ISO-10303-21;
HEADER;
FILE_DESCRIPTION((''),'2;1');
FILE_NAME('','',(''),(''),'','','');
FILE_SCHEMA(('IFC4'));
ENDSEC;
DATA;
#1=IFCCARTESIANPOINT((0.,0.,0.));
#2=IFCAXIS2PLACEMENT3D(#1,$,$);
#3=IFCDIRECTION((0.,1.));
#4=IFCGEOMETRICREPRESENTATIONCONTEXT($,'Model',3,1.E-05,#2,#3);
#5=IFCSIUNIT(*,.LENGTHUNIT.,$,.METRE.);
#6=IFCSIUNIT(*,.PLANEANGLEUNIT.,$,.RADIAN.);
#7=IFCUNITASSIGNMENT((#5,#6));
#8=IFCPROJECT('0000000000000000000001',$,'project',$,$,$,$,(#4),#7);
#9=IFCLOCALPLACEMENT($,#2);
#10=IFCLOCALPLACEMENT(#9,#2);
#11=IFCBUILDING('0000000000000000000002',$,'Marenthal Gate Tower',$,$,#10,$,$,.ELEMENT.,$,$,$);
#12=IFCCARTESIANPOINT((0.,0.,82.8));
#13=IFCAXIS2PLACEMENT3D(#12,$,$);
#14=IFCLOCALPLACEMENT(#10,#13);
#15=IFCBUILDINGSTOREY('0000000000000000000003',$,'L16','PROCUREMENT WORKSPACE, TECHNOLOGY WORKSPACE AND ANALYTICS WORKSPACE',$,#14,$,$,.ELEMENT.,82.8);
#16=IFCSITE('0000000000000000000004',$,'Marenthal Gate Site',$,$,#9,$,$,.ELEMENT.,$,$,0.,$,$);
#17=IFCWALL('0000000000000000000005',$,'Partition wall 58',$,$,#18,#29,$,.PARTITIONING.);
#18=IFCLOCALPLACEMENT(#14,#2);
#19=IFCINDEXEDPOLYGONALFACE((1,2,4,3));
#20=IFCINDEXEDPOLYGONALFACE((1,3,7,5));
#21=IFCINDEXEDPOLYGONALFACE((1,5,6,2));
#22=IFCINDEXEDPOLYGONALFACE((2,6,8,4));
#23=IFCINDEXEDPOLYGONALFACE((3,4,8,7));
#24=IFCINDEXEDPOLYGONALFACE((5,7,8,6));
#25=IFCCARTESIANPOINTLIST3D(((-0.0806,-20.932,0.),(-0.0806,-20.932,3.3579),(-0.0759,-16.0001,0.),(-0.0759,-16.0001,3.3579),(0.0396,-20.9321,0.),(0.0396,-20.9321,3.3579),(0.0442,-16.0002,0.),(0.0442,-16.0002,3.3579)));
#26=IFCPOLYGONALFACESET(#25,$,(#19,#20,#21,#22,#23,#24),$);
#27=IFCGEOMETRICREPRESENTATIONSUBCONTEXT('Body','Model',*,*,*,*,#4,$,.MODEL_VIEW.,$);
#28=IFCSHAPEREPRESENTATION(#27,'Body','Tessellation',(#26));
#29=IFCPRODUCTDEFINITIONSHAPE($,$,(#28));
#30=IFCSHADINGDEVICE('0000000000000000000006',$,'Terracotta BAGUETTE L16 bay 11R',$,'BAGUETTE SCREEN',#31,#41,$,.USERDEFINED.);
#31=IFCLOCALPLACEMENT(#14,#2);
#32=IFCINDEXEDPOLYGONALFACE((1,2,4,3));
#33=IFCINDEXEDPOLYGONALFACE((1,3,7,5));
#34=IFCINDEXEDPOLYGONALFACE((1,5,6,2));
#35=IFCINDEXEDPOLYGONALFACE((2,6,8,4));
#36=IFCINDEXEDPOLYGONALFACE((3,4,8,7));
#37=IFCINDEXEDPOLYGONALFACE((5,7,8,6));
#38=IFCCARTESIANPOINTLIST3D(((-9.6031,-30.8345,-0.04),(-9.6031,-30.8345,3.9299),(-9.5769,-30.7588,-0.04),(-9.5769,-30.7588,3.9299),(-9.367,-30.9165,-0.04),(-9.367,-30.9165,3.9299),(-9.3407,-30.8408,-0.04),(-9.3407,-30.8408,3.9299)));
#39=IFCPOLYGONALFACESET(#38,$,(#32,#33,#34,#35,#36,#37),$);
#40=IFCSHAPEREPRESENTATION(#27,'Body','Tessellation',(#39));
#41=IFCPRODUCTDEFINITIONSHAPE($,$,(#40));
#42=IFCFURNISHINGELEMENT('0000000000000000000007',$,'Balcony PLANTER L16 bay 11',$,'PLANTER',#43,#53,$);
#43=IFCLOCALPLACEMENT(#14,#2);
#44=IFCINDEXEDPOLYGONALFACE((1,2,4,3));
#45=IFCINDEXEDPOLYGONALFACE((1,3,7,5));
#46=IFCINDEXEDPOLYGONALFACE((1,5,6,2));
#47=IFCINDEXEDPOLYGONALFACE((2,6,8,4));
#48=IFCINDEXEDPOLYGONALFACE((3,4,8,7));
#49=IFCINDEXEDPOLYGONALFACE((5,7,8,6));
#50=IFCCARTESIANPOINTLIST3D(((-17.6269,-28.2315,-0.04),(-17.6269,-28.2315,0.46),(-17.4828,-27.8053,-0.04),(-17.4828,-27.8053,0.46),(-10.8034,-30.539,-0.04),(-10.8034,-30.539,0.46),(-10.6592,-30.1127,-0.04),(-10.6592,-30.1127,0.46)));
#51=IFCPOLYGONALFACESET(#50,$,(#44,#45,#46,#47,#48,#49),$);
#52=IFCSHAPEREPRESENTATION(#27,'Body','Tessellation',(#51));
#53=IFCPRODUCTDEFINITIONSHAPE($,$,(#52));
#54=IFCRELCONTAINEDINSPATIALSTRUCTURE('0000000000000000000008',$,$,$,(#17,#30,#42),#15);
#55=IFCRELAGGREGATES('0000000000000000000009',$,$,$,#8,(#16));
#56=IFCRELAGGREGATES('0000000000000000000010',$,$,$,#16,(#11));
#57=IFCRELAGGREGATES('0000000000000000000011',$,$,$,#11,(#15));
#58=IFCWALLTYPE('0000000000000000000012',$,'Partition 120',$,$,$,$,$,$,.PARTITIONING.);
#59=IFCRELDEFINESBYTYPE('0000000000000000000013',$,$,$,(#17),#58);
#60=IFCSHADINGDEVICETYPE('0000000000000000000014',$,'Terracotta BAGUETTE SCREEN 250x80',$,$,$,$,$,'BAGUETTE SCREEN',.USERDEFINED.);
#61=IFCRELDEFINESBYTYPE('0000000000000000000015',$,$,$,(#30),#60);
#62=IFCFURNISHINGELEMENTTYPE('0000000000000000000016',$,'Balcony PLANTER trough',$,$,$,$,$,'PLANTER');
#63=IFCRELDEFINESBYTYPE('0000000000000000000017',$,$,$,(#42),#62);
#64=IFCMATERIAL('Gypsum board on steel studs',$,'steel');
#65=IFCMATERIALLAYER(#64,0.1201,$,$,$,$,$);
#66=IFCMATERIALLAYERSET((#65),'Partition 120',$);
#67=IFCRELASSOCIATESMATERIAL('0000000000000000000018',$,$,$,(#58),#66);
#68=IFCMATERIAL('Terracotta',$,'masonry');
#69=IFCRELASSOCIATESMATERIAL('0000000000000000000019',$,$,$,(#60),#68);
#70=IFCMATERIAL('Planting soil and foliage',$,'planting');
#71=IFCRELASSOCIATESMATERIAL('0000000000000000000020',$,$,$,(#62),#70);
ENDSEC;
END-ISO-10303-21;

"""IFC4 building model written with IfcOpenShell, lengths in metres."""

from ifc_helpers import new_model, si_unit, direction, frame, frame_2d, origin, origin_2d, place, context, subcontext, project, spatial, rectangle, extrude, material, layer, layer_set, material_profile, profile_set, type_object, element, save


model = new_model("IFC4")

# Units and contexts
model_context = context("Model", 3, precision=1e-05, world=origin(), true_north=direction((0.0, 1.0)))
body_context = subcontext(model_context, "Body", "Model", "MODEL_VIEW")
ifc_project = project(units=[si_unit("LENGTHUNIT", "METRE"), si_unit("PLANEANGLEUNIT", "RADIAN")], contexts=[model_context])

# Site, building, storey
site_placement = place(None, origin())
site = spatial("IfcSite", under=ifc_project, at=site_placement, Name="Marenthal Gate Site", CompositionType="ELEMENT", RefElevation=0.0)
building_placement = place(site_placement, origin())
building = spatial("IfcBuilding", under=site, at=building_placement, Name="Marenthal Gate Tower", CompositionType="ELEMENT")
storey_placement = place(building_placement, frame((0.0, 0.0, 82.8)))
storey = spatial("IfcBuildingStorey", under=building, at=storey_placement, Name="L16", Description="PROCUREMENT WORKSPACE, TECHNOLOGY WORKSPACE AND ANALYTICS WORKSPACE", CompositionType="ELEMENT", Elevation=82.8)

# Wall
ifc_material_1 = material(Name="Gypsum board on steel studs", Category="steel")
ifc_layer_1 = layer(ifc_material_1, 0.1201)
ifc_layer_set_1 = layer_set([ifc_layer_1], Name="Partition 120")
wall_type = type_object("IfcWallType", Name="Partition 120", PredefinedType="PARTITIONING", material=ifc_layer_set_1)
wall_1_placement = place(storey_placement, frame((-0.0205, -20.9319, 0.0), z_axis=(0.0, 0.0, 1.0), x_axis=(0.000941, 1.0, 0.0)))
element("IfcWall", 1, at=wall_1_placement, inside=storey, type_object=wall_type, Name="Partition wall 58", PredefinedType="PARTITIONING", context=body_context, shape_type="SweptSolid", body=[
    extrude(rectangle(XDim=4.9319, YDim=0.1201, at=frame_2d((2.4658, 0.0))), origin(), (0.0, 0.0, 1.0), 3.3579),
])

# Shading device
ifc_material_2 = material(Name="Terracotta", Category="masonry")
ifc_material_profile_1 = material_profile(ifc_material_2, rectangle(XDim=0.25, YDim=0.0801, at=origin_2d()), Name="Terracotta baguette 250x80")
ifc_profile_set_1 = profile_set([ifc_material_profile_1], Name="Terracotta")
shading_device_type = type_object("IfcShadingDeviceType", Name="Terracotta BAGUETTE SCREEN 250x80", ElementType="BAGUETTE SCREEN", PredefinedType="USERDEFINED", material=ifc_profile_set_1)
shading_device_placement = place(storey_placement, frame((-9.4719, -30.8376, -0.04), z_axis=(0.0, 0.0, 1.0), x_axis=(0.944634, -0.328125, 0.0)))
element("IfcShadingDevice", 2, at=shading_device_placement, inside=storey, type_object=shading_device_type, Name="Terracotta BAGUETTE L16 bay 11R", ObjectType="BAGUETTE SCREEN", PredefinedType="USERDEFINED", context=body_context, shape_type="SweptSolid", body=[
    extrude(rectangle(XDim=0.25, YDim=0.0801, at=origin_2d()), origin(), (0.0, 0.0, 1.0), 3.97),
])

# Furnishing element
ifc_material_3 = material(Name="Planting soil and foliage", Category="planting")
furnishing_element_type = type_object("IfcFurnishingElementType", Name="Balcony PLANTER trough", ElementType="PLANTER", material=ifc_material_3)
furnishing_placement = place(storey_placement, frame((-14.1431, -29.1721, -0.04), z_axis=(0.0, 0.0, 1.0), x_axis=(0.947302, -0.320343, 0.0)))
element("IfcFurnishingElement", 3, at=furnishing_placement, inside=storey, type_object=furnishing_element_type, Name="Balcony PLANTER L16 bay 11", ObjectType="PLANTER", context=body_context, shape_type="SweptSolid", body=[
    extrude(rectangle(XDim=7.2031, YDim=0.45, at=origin_2d()), origin(), (0.0, 0.0, 1.0), 0.5),
])

save(model, "model.ifc")
